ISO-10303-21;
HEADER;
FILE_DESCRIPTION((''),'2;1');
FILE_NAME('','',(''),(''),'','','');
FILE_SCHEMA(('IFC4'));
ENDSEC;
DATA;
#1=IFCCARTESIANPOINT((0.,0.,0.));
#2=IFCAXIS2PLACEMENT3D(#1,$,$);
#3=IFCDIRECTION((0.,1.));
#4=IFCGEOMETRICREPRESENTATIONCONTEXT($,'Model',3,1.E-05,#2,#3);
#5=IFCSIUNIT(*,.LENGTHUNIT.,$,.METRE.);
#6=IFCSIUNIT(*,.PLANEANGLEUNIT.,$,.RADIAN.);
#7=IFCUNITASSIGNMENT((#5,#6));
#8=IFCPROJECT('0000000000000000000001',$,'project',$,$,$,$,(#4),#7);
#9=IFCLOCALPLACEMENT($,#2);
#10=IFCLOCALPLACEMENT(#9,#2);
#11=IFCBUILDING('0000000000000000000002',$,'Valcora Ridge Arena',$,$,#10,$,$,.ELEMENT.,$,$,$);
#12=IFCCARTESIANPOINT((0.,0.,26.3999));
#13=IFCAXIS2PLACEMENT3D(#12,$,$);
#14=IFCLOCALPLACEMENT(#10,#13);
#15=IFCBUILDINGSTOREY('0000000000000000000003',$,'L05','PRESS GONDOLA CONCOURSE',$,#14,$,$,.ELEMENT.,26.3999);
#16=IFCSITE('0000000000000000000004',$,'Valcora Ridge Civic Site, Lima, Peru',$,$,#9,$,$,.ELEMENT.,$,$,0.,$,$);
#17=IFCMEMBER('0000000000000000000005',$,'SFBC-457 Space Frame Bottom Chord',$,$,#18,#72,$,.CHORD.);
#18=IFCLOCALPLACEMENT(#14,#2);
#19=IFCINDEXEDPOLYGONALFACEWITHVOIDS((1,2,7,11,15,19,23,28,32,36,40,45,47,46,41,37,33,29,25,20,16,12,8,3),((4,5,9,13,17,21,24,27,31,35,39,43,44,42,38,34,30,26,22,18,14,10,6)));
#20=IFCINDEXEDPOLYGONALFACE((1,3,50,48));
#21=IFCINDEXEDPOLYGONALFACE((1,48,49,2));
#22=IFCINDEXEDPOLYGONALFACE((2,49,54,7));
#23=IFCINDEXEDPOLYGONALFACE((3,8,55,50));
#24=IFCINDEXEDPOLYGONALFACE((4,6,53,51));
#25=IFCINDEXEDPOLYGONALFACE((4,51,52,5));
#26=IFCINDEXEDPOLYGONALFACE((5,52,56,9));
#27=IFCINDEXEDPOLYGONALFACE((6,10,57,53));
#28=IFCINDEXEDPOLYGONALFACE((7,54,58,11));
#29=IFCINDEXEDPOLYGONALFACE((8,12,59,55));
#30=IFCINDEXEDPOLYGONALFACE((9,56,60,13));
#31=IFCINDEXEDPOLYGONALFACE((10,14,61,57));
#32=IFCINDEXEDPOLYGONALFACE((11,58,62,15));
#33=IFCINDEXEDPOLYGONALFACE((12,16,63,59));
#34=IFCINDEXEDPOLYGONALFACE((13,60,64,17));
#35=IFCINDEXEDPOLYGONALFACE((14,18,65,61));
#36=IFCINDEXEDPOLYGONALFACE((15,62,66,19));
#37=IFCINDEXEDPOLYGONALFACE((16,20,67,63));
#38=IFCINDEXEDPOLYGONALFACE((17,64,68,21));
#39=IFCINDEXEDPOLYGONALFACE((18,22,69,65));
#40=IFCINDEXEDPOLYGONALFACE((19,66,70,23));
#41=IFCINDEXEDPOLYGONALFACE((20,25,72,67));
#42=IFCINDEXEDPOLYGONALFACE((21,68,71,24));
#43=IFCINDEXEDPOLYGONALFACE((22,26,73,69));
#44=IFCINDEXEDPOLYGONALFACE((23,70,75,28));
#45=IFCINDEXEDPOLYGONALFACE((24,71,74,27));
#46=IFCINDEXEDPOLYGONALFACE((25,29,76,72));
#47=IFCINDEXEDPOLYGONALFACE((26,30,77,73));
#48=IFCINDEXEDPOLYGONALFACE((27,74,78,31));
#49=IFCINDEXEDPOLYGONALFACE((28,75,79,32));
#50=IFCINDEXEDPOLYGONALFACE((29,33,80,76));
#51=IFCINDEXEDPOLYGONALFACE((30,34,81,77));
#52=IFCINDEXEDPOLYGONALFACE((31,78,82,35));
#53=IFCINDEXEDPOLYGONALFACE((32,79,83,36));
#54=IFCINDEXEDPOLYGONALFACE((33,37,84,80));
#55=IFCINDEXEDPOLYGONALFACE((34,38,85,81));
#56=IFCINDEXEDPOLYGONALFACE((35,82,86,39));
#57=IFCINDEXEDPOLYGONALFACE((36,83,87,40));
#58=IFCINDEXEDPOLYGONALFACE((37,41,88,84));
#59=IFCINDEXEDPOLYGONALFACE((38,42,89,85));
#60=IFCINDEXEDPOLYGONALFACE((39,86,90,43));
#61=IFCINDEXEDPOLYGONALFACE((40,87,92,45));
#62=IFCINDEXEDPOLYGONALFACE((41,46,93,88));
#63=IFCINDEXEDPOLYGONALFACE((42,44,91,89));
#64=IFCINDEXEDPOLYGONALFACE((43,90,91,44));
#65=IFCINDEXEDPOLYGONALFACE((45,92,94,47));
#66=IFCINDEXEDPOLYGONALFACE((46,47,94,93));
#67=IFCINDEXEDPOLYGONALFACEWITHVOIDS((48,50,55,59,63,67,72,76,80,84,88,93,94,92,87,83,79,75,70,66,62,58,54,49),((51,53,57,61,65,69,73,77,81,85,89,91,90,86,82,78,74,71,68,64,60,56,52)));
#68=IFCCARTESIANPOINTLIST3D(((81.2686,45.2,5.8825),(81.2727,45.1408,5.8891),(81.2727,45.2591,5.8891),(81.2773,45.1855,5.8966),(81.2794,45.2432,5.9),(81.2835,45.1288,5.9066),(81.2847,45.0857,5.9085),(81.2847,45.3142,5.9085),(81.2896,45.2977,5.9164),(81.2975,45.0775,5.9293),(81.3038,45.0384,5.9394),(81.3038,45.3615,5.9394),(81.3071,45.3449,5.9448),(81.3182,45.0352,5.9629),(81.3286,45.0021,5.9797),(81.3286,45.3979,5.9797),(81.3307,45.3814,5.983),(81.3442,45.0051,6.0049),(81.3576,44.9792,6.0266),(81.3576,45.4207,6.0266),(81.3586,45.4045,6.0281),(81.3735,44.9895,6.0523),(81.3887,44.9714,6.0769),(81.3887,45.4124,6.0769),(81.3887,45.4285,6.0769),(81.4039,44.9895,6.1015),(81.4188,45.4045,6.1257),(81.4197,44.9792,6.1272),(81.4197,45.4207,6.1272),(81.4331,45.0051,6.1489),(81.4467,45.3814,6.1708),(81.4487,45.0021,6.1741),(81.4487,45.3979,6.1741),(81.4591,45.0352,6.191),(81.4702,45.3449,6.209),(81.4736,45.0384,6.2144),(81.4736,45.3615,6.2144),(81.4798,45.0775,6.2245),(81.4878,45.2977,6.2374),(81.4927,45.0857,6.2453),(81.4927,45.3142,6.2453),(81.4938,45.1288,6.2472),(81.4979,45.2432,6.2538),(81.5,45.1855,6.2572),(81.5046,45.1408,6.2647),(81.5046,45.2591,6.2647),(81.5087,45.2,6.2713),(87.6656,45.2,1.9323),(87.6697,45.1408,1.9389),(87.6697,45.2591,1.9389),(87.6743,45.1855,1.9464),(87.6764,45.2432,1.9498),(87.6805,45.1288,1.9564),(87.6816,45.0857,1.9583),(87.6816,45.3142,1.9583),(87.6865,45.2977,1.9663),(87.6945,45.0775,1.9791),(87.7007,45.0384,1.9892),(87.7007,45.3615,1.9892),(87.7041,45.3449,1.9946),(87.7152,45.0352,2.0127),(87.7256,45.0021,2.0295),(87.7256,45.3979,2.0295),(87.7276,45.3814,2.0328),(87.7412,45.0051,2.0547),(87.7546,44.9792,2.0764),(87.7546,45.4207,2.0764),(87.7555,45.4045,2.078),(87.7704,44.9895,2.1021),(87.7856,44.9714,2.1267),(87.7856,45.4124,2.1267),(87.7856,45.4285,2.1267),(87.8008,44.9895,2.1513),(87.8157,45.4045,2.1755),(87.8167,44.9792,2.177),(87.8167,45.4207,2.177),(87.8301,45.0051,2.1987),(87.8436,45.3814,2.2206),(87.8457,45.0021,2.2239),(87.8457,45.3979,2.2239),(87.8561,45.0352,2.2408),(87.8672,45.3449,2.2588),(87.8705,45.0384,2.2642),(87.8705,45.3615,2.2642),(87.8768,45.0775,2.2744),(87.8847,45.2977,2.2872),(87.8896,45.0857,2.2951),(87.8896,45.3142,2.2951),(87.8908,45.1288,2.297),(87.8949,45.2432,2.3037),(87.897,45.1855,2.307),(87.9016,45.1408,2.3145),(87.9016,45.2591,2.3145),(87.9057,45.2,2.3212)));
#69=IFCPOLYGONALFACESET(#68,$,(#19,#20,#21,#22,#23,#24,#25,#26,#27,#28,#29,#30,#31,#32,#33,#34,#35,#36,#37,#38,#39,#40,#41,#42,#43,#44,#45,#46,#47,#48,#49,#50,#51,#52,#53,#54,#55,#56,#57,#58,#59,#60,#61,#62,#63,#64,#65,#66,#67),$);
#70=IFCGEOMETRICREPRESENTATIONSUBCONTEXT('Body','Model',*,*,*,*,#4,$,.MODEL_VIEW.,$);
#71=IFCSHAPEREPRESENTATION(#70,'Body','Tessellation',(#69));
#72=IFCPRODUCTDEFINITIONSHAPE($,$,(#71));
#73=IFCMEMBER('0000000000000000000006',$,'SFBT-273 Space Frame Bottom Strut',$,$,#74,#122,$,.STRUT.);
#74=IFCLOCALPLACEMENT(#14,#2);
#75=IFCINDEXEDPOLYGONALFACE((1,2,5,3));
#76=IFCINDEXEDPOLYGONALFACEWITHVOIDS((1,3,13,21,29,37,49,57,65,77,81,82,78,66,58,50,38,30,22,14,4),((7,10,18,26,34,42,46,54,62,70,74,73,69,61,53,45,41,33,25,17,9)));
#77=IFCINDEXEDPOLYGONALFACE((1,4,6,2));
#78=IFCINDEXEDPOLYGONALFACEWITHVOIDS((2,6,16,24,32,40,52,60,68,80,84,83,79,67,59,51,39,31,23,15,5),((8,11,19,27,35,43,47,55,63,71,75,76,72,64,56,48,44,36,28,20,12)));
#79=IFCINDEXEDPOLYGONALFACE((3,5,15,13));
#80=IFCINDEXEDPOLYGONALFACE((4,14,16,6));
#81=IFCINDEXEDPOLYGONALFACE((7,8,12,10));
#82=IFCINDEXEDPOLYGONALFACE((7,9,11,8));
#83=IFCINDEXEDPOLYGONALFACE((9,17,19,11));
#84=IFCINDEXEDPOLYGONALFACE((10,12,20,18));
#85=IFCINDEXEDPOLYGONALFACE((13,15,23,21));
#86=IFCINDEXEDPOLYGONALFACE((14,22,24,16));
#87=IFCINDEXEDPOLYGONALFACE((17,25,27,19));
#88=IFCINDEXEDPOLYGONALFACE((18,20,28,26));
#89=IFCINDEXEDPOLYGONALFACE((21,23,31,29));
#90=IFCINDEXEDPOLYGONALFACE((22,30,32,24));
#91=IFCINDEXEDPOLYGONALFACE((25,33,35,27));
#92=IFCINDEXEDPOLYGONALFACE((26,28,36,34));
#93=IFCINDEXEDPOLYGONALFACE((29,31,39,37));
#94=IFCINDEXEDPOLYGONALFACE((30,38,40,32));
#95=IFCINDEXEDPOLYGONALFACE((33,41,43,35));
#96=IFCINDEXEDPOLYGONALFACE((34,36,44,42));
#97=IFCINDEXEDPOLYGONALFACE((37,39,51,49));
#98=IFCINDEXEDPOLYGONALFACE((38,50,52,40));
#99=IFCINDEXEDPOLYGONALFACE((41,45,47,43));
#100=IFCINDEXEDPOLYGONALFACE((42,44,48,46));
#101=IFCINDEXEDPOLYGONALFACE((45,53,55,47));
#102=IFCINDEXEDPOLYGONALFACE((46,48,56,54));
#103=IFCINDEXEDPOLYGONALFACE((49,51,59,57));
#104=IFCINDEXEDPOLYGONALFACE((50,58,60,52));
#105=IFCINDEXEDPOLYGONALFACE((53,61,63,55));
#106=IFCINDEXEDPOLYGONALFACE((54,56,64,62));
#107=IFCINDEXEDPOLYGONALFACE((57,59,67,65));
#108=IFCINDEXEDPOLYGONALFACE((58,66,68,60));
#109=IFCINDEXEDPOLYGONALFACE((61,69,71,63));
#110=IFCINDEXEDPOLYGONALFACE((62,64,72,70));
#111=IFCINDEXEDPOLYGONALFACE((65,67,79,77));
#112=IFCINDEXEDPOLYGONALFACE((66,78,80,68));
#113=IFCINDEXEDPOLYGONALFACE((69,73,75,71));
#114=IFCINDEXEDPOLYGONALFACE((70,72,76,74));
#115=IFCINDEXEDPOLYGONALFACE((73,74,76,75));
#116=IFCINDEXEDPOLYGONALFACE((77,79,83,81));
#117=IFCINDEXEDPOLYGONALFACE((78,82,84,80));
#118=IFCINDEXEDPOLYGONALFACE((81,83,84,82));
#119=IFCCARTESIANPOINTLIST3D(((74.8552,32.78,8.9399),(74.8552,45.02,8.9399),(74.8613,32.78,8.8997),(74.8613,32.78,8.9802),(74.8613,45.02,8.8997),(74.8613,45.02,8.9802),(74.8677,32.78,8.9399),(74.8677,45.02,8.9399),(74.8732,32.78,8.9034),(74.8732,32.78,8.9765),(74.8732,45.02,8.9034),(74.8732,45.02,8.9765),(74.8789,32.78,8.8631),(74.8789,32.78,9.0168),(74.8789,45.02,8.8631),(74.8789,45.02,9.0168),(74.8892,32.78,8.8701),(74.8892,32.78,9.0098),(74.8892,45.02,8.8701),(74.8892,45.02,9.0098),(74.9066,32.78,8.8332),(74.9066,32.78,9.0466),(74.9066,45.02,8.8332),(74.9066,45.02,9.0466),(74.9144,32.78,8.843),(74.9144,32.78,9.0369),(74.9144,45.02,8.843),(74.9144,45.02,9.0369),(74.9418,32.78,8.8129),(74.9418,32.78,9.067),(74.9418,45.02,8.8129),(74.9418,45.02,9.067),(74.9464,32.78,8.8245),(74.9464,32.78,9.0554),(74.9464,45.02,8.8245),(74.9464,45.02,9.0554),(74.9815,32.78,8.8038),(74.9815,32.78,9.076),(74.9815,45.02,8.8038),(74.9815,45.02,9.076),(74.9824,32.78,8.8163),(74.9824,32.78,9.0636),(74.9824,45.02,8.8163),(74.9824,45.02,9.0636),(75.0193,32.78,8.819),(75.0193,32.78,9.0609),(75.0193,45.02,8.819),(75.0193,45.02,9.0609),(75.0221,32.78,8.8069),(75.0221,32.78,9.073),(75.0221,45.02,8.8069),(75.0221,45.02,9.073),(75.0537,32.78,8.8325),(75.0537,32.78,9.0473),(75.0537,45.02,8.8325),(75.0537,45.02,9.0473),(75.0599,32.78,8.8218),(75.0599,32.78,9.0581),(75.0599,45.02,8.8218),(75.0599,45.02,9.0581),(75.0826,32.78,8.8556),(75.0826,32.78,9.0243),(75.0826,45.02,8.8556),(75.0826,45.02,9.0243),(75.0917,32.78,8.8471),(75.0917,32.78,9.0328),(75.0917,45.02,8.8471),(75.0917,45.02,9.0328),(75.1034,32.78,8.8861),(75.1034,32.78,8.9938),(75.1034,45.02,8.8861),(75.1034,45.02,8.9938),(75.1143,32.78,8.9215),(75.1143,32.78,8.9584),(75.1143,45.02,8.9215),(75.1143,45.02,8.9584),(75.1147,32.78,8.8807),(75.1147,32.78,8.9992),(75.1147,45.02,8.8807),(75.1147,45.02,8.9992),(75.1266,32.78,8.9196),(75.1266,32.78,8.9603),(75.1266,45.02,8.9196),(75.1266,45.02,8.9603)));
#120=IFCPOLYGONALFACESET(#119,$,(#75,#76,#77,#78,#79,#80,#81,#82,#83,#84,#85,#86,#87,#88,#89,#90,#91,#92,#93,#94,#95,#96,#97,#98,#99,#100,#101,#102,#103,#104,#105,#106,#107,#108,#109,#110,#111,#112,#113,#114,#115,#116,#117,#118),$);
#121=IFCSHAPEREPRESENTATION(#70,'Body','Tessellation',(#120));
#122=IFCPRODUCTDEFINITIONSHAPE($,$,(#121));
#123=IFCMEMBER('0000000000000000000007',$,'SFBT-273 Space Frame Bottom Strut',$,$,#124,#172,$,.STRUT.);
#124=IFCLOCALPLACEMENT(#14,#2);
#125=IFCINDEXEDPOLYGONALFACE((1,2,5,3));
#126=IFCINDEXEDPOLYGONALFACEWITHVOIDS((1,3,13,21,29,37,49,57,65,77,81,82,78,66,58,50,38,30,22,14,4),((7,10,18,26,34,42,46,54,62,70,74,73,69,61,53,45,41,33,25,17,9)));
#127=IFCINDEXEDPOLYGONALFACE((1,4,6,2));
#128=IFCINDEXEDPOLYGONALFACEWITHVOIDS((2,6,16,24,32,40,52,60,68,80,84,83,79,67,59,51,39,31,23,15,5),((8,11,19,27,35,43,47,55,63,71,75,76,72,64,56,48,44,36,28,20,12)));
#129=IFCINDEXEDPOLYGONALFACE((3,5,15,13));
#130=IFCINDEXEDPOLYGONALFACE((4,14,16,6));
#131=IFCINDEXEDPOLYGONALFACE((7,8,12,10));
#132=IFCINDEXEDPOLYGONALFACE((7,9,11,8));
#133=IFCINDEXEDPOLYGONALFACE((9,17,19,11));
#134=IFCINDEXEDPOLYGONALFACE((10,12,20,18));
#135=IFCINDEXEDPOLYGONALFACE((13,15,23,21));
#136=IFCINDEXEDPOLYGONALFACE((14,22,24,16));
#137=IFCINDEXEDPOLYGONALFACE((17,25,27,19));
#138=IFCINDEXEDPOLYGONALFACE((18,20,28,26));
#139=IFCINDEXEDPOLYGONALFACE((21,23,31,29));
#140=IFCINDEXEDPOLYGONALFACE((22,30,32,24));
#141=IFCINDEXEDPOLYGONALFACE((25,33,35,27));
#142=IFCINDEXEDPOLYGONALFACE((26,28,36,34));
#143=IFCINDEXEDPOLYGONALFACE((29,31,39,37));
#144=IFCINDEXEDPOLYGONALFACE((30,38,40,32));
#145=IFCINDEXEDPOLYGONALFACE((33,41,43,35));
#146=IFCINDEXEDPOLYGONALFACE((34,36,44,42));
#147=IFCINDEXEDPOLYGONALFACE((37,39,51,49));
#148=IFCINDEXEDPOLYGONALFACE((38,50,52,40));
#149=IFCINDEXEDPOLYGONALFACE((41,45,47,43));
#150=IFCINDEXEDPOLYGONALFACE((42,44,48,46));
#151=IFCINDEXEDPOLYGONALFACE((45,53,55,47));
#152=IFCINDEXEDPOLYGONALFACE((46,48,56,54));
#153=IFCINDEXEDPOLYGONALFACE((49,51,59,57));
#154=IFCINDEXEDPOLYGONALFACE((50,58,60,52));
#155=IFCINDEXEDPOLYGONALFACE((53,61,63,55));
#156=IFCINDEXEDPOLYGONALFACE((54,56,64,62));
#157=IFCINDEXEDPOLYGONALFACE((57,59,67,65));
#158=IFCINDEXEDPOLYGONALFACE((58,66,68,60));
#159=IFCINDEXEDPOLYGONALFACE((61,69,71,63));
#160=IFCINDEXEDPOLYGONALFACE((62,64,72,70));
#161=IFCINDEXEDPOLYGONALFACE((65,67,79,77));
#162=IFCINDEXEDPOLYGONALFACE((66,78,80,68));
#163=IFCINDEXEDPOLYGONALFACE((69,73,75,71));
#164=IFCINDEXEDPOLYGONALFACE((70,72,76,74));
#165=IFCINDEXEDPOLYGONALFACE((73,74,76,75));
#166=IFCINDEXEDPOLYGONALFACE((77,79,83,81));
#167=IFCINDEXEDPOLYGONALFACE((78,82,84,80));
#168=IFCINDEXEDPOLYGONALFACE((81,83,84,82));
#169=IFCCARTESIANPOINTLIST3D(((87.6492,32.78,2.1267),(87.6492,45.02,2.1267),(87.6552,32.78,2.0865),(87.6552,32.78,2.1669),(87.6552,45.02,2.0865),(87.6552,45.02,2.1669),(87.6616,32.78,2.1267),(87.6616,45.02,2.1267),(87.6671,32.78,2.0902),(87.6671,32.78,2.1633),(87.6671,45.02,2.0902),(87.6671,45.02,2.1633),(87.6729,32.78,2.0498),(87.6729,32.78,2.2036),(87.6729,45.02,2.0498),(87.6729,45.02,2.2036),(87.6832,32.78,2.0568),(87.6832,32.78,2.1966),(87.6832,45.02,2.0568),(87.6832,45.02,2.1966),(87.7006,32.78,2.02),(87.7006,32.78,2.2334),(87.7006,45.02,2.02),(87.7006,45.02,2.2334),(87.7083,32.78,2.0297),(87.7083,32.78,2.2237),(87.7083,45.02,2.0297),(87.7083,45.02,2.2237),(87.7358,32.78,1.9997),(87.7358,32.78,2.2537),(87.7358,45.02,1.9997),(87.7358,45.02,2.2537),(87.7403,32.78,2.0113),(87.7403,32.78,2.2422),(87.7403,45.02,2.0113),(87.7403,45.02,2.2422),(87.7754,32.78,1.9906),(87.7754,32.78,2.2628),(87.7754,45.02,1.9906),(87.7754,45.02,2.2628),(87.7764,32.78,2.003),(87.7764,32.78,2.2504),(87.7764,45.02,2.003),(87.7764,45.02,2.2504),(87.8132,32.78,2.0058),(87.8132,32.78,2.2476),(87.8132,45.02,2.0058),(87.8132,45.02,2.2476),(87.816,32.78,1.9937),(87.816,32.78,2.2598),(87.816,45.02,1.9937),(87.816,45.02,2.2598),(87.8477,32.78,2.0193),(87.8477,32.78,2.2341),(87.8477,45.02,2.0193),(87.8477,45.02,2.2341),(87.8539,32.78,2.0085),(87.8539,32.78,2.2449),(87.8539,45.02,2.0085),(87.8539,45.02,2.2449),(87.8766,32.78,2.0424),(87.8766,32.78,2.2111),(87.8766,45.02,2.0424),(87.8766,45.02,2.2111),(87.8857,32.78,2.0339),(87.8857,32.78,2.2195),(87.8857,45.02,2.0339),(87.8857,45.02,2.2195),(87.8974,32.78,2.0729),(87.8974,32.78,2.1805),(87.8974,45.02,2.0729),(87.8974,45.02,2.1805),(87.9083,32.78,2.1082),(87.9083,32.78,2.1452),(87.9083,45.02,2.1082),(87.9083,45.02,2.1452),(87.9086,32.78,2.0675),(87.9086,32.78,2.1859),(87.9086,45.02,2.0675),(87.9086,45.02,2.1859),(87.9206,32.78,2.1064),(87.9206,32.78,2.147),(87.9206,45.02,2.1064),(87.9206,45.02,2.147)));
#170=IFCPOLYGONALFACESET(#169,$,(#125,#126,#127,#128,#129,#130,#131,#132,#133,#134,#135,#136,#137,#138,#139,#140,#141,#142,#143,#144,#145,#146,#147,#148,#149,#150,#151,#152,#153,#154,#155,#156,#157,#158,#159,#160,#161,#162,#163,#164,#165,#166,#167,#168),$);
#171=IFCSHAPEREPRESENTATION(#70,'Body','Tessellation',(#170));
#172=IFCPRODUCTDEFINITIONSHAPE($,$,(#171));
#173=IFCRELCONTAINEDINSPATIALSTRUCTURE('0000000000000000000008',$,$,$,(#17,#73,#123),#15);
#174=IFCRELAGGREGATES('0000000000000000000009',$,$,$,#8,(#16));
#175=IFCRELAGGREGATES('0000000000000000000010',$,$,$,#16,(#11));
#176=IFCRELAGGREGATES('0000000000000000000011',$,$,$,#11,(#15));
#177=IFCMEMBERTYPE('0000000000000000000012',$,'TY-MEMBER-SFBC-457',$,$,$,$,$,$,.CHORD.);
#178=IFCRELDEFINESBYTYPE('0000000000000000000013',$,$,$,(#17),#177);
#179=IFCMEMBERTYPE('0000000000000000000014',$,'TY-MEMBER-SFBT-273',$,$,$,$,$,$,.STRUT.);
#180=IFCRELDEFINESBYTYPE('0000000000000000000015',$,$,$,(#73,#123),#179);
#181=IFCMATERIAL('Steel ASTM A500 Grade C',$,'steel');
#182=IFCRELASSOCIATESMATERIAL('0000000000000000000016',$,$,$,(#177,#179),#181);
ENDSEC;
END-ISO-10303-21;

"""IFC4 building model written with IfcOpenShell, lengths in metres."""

from ifc_helpers import new_model, si_unit, direction, frame, origin, origin_2d, place, context, subcontext, project, spatial, hollow_circle, extrude, material, material_profile, profile_set, type_object, element, save


model = new_model("IFC4")

# Units and contexts
model_context = context("Model", 3, precision=1e-05, world=origin(), true_north=direction((0.0, 1.0)))
body_context = subcontext(model_context, "Body", "Model", "MODEL_VIEW")
ifc_project = project(units=[si_unit("LENGTHUNIT", "METRE"), si_unit("PLANEANGLEUNIT", "RADIAN")], contexts=[model_context])

# Site, building, storey
site_placement = place(None, origin())
site = spatial("IfcSite", under=ifc_project, at=site_placement, Name="Valcora Ridge Civic Site, Lima, Peru", CompositionType="ELEMENT", RefElevation=0.0)
building_placement = place(site_placement, origin())
building = spatial("IfcBuilding", under=site, at=building_placement, Name="Valcora Ridge Arena", CompositionType="ELEMENT")
storey_placement = place(building_placement, frame((0.0, 0.0, 26.3999)))
storey = spatial("IfcBuildingStorey", under=building, at=storey_placement, Name="L05", Description="PRESS GONDOLA CONCOURSE", CompositionType="ELEMENT", Elevation=26.3999)

# Members
ifc_material_1 = material(Name="Steel ASTM A500 Grade C", Category="steel")
ifc_material_profile_1 = material_profile(ifc_material_1, hollow_circle(Radius=0.2285, WallThickness=0.0161, at=origin_2d()), Name="CHS457X16")
ifc_profile_set_1 = profile_set([ifc_material_profile_1], Name="Steel ASTM A500 Grade C")
member_type_1 = type_object("IfcMemberType", Name="TY-MEMBER-SFBC-457", PredefinedType="CHORD", material=ifc_profile_set_1)
member_1_placement = place(storey_placement, frame((81.3887, 45.2, 6.0769), z_axis=(0.85085, 0.0, -0.525409), x_axis=(0.0, 1.0, 0.0)))
element("IfcMember", 1, at=member_1_placement, inside=storey, type_object=member_type_1, Name="SFBC-457 Space Frame Bottom Chord", PredefinedType="CHORD", context=body_context, shape_type="SweptSolid", body=[
    extrude(hollow_circle(Radius=0.2285, WallThickness=0.0161, at=origin_2d()), origin(), (0.0, 0.0, 1.0), 7.5183),
])
ifc_material_profile_2 = material_profile(ifc_material_1, hollow_circle(Radius=0.1365, WallThickness=0.0125, at=origin_2d()), Name="CHS273X12")
ifc_profile_set_2 = profile_set([ifc_material_profile_2], Name="Steel ASTM A500 Grade C")
member_type_2 = type_object("IfcMemberType", Name="TY-MEMBER-SFBT-273", PredefinedType="STRUT", material=ifc_profile_set_2)
for number, where, z_axis, x_axis, name in (
    (2, (74.9917, 32.78, 8.9399), (0.0, 1.0, 0.0), (-1.0, 0.0, 0.0), "SFBT-273 Space Frame Bottom Strut"),
    (3, (87.7856, 32.78, 2.1267), (0.0, 1.0, 0.0), (-1.0, 0.0, 0.0), "SFBT-273 Space Frame Bottom Strut"),
):
    element("IfcMember", number, at=place(storey_placement, frame(where, z_axis=z_axis, x_axis=x_axis)), inside=storey, type_object=member_type_2, Name=name, PredefinedType="STRUT", context=body_context, shape_type="SweptSolid", body=[
        extrude(hollow_circle(Radius=0.1365, WallThickness=0.0125, at=origin_2d()), origin(), (0.0, 0.0, 1.0), 12.24),
    ])

save(model, "model.ifc")
